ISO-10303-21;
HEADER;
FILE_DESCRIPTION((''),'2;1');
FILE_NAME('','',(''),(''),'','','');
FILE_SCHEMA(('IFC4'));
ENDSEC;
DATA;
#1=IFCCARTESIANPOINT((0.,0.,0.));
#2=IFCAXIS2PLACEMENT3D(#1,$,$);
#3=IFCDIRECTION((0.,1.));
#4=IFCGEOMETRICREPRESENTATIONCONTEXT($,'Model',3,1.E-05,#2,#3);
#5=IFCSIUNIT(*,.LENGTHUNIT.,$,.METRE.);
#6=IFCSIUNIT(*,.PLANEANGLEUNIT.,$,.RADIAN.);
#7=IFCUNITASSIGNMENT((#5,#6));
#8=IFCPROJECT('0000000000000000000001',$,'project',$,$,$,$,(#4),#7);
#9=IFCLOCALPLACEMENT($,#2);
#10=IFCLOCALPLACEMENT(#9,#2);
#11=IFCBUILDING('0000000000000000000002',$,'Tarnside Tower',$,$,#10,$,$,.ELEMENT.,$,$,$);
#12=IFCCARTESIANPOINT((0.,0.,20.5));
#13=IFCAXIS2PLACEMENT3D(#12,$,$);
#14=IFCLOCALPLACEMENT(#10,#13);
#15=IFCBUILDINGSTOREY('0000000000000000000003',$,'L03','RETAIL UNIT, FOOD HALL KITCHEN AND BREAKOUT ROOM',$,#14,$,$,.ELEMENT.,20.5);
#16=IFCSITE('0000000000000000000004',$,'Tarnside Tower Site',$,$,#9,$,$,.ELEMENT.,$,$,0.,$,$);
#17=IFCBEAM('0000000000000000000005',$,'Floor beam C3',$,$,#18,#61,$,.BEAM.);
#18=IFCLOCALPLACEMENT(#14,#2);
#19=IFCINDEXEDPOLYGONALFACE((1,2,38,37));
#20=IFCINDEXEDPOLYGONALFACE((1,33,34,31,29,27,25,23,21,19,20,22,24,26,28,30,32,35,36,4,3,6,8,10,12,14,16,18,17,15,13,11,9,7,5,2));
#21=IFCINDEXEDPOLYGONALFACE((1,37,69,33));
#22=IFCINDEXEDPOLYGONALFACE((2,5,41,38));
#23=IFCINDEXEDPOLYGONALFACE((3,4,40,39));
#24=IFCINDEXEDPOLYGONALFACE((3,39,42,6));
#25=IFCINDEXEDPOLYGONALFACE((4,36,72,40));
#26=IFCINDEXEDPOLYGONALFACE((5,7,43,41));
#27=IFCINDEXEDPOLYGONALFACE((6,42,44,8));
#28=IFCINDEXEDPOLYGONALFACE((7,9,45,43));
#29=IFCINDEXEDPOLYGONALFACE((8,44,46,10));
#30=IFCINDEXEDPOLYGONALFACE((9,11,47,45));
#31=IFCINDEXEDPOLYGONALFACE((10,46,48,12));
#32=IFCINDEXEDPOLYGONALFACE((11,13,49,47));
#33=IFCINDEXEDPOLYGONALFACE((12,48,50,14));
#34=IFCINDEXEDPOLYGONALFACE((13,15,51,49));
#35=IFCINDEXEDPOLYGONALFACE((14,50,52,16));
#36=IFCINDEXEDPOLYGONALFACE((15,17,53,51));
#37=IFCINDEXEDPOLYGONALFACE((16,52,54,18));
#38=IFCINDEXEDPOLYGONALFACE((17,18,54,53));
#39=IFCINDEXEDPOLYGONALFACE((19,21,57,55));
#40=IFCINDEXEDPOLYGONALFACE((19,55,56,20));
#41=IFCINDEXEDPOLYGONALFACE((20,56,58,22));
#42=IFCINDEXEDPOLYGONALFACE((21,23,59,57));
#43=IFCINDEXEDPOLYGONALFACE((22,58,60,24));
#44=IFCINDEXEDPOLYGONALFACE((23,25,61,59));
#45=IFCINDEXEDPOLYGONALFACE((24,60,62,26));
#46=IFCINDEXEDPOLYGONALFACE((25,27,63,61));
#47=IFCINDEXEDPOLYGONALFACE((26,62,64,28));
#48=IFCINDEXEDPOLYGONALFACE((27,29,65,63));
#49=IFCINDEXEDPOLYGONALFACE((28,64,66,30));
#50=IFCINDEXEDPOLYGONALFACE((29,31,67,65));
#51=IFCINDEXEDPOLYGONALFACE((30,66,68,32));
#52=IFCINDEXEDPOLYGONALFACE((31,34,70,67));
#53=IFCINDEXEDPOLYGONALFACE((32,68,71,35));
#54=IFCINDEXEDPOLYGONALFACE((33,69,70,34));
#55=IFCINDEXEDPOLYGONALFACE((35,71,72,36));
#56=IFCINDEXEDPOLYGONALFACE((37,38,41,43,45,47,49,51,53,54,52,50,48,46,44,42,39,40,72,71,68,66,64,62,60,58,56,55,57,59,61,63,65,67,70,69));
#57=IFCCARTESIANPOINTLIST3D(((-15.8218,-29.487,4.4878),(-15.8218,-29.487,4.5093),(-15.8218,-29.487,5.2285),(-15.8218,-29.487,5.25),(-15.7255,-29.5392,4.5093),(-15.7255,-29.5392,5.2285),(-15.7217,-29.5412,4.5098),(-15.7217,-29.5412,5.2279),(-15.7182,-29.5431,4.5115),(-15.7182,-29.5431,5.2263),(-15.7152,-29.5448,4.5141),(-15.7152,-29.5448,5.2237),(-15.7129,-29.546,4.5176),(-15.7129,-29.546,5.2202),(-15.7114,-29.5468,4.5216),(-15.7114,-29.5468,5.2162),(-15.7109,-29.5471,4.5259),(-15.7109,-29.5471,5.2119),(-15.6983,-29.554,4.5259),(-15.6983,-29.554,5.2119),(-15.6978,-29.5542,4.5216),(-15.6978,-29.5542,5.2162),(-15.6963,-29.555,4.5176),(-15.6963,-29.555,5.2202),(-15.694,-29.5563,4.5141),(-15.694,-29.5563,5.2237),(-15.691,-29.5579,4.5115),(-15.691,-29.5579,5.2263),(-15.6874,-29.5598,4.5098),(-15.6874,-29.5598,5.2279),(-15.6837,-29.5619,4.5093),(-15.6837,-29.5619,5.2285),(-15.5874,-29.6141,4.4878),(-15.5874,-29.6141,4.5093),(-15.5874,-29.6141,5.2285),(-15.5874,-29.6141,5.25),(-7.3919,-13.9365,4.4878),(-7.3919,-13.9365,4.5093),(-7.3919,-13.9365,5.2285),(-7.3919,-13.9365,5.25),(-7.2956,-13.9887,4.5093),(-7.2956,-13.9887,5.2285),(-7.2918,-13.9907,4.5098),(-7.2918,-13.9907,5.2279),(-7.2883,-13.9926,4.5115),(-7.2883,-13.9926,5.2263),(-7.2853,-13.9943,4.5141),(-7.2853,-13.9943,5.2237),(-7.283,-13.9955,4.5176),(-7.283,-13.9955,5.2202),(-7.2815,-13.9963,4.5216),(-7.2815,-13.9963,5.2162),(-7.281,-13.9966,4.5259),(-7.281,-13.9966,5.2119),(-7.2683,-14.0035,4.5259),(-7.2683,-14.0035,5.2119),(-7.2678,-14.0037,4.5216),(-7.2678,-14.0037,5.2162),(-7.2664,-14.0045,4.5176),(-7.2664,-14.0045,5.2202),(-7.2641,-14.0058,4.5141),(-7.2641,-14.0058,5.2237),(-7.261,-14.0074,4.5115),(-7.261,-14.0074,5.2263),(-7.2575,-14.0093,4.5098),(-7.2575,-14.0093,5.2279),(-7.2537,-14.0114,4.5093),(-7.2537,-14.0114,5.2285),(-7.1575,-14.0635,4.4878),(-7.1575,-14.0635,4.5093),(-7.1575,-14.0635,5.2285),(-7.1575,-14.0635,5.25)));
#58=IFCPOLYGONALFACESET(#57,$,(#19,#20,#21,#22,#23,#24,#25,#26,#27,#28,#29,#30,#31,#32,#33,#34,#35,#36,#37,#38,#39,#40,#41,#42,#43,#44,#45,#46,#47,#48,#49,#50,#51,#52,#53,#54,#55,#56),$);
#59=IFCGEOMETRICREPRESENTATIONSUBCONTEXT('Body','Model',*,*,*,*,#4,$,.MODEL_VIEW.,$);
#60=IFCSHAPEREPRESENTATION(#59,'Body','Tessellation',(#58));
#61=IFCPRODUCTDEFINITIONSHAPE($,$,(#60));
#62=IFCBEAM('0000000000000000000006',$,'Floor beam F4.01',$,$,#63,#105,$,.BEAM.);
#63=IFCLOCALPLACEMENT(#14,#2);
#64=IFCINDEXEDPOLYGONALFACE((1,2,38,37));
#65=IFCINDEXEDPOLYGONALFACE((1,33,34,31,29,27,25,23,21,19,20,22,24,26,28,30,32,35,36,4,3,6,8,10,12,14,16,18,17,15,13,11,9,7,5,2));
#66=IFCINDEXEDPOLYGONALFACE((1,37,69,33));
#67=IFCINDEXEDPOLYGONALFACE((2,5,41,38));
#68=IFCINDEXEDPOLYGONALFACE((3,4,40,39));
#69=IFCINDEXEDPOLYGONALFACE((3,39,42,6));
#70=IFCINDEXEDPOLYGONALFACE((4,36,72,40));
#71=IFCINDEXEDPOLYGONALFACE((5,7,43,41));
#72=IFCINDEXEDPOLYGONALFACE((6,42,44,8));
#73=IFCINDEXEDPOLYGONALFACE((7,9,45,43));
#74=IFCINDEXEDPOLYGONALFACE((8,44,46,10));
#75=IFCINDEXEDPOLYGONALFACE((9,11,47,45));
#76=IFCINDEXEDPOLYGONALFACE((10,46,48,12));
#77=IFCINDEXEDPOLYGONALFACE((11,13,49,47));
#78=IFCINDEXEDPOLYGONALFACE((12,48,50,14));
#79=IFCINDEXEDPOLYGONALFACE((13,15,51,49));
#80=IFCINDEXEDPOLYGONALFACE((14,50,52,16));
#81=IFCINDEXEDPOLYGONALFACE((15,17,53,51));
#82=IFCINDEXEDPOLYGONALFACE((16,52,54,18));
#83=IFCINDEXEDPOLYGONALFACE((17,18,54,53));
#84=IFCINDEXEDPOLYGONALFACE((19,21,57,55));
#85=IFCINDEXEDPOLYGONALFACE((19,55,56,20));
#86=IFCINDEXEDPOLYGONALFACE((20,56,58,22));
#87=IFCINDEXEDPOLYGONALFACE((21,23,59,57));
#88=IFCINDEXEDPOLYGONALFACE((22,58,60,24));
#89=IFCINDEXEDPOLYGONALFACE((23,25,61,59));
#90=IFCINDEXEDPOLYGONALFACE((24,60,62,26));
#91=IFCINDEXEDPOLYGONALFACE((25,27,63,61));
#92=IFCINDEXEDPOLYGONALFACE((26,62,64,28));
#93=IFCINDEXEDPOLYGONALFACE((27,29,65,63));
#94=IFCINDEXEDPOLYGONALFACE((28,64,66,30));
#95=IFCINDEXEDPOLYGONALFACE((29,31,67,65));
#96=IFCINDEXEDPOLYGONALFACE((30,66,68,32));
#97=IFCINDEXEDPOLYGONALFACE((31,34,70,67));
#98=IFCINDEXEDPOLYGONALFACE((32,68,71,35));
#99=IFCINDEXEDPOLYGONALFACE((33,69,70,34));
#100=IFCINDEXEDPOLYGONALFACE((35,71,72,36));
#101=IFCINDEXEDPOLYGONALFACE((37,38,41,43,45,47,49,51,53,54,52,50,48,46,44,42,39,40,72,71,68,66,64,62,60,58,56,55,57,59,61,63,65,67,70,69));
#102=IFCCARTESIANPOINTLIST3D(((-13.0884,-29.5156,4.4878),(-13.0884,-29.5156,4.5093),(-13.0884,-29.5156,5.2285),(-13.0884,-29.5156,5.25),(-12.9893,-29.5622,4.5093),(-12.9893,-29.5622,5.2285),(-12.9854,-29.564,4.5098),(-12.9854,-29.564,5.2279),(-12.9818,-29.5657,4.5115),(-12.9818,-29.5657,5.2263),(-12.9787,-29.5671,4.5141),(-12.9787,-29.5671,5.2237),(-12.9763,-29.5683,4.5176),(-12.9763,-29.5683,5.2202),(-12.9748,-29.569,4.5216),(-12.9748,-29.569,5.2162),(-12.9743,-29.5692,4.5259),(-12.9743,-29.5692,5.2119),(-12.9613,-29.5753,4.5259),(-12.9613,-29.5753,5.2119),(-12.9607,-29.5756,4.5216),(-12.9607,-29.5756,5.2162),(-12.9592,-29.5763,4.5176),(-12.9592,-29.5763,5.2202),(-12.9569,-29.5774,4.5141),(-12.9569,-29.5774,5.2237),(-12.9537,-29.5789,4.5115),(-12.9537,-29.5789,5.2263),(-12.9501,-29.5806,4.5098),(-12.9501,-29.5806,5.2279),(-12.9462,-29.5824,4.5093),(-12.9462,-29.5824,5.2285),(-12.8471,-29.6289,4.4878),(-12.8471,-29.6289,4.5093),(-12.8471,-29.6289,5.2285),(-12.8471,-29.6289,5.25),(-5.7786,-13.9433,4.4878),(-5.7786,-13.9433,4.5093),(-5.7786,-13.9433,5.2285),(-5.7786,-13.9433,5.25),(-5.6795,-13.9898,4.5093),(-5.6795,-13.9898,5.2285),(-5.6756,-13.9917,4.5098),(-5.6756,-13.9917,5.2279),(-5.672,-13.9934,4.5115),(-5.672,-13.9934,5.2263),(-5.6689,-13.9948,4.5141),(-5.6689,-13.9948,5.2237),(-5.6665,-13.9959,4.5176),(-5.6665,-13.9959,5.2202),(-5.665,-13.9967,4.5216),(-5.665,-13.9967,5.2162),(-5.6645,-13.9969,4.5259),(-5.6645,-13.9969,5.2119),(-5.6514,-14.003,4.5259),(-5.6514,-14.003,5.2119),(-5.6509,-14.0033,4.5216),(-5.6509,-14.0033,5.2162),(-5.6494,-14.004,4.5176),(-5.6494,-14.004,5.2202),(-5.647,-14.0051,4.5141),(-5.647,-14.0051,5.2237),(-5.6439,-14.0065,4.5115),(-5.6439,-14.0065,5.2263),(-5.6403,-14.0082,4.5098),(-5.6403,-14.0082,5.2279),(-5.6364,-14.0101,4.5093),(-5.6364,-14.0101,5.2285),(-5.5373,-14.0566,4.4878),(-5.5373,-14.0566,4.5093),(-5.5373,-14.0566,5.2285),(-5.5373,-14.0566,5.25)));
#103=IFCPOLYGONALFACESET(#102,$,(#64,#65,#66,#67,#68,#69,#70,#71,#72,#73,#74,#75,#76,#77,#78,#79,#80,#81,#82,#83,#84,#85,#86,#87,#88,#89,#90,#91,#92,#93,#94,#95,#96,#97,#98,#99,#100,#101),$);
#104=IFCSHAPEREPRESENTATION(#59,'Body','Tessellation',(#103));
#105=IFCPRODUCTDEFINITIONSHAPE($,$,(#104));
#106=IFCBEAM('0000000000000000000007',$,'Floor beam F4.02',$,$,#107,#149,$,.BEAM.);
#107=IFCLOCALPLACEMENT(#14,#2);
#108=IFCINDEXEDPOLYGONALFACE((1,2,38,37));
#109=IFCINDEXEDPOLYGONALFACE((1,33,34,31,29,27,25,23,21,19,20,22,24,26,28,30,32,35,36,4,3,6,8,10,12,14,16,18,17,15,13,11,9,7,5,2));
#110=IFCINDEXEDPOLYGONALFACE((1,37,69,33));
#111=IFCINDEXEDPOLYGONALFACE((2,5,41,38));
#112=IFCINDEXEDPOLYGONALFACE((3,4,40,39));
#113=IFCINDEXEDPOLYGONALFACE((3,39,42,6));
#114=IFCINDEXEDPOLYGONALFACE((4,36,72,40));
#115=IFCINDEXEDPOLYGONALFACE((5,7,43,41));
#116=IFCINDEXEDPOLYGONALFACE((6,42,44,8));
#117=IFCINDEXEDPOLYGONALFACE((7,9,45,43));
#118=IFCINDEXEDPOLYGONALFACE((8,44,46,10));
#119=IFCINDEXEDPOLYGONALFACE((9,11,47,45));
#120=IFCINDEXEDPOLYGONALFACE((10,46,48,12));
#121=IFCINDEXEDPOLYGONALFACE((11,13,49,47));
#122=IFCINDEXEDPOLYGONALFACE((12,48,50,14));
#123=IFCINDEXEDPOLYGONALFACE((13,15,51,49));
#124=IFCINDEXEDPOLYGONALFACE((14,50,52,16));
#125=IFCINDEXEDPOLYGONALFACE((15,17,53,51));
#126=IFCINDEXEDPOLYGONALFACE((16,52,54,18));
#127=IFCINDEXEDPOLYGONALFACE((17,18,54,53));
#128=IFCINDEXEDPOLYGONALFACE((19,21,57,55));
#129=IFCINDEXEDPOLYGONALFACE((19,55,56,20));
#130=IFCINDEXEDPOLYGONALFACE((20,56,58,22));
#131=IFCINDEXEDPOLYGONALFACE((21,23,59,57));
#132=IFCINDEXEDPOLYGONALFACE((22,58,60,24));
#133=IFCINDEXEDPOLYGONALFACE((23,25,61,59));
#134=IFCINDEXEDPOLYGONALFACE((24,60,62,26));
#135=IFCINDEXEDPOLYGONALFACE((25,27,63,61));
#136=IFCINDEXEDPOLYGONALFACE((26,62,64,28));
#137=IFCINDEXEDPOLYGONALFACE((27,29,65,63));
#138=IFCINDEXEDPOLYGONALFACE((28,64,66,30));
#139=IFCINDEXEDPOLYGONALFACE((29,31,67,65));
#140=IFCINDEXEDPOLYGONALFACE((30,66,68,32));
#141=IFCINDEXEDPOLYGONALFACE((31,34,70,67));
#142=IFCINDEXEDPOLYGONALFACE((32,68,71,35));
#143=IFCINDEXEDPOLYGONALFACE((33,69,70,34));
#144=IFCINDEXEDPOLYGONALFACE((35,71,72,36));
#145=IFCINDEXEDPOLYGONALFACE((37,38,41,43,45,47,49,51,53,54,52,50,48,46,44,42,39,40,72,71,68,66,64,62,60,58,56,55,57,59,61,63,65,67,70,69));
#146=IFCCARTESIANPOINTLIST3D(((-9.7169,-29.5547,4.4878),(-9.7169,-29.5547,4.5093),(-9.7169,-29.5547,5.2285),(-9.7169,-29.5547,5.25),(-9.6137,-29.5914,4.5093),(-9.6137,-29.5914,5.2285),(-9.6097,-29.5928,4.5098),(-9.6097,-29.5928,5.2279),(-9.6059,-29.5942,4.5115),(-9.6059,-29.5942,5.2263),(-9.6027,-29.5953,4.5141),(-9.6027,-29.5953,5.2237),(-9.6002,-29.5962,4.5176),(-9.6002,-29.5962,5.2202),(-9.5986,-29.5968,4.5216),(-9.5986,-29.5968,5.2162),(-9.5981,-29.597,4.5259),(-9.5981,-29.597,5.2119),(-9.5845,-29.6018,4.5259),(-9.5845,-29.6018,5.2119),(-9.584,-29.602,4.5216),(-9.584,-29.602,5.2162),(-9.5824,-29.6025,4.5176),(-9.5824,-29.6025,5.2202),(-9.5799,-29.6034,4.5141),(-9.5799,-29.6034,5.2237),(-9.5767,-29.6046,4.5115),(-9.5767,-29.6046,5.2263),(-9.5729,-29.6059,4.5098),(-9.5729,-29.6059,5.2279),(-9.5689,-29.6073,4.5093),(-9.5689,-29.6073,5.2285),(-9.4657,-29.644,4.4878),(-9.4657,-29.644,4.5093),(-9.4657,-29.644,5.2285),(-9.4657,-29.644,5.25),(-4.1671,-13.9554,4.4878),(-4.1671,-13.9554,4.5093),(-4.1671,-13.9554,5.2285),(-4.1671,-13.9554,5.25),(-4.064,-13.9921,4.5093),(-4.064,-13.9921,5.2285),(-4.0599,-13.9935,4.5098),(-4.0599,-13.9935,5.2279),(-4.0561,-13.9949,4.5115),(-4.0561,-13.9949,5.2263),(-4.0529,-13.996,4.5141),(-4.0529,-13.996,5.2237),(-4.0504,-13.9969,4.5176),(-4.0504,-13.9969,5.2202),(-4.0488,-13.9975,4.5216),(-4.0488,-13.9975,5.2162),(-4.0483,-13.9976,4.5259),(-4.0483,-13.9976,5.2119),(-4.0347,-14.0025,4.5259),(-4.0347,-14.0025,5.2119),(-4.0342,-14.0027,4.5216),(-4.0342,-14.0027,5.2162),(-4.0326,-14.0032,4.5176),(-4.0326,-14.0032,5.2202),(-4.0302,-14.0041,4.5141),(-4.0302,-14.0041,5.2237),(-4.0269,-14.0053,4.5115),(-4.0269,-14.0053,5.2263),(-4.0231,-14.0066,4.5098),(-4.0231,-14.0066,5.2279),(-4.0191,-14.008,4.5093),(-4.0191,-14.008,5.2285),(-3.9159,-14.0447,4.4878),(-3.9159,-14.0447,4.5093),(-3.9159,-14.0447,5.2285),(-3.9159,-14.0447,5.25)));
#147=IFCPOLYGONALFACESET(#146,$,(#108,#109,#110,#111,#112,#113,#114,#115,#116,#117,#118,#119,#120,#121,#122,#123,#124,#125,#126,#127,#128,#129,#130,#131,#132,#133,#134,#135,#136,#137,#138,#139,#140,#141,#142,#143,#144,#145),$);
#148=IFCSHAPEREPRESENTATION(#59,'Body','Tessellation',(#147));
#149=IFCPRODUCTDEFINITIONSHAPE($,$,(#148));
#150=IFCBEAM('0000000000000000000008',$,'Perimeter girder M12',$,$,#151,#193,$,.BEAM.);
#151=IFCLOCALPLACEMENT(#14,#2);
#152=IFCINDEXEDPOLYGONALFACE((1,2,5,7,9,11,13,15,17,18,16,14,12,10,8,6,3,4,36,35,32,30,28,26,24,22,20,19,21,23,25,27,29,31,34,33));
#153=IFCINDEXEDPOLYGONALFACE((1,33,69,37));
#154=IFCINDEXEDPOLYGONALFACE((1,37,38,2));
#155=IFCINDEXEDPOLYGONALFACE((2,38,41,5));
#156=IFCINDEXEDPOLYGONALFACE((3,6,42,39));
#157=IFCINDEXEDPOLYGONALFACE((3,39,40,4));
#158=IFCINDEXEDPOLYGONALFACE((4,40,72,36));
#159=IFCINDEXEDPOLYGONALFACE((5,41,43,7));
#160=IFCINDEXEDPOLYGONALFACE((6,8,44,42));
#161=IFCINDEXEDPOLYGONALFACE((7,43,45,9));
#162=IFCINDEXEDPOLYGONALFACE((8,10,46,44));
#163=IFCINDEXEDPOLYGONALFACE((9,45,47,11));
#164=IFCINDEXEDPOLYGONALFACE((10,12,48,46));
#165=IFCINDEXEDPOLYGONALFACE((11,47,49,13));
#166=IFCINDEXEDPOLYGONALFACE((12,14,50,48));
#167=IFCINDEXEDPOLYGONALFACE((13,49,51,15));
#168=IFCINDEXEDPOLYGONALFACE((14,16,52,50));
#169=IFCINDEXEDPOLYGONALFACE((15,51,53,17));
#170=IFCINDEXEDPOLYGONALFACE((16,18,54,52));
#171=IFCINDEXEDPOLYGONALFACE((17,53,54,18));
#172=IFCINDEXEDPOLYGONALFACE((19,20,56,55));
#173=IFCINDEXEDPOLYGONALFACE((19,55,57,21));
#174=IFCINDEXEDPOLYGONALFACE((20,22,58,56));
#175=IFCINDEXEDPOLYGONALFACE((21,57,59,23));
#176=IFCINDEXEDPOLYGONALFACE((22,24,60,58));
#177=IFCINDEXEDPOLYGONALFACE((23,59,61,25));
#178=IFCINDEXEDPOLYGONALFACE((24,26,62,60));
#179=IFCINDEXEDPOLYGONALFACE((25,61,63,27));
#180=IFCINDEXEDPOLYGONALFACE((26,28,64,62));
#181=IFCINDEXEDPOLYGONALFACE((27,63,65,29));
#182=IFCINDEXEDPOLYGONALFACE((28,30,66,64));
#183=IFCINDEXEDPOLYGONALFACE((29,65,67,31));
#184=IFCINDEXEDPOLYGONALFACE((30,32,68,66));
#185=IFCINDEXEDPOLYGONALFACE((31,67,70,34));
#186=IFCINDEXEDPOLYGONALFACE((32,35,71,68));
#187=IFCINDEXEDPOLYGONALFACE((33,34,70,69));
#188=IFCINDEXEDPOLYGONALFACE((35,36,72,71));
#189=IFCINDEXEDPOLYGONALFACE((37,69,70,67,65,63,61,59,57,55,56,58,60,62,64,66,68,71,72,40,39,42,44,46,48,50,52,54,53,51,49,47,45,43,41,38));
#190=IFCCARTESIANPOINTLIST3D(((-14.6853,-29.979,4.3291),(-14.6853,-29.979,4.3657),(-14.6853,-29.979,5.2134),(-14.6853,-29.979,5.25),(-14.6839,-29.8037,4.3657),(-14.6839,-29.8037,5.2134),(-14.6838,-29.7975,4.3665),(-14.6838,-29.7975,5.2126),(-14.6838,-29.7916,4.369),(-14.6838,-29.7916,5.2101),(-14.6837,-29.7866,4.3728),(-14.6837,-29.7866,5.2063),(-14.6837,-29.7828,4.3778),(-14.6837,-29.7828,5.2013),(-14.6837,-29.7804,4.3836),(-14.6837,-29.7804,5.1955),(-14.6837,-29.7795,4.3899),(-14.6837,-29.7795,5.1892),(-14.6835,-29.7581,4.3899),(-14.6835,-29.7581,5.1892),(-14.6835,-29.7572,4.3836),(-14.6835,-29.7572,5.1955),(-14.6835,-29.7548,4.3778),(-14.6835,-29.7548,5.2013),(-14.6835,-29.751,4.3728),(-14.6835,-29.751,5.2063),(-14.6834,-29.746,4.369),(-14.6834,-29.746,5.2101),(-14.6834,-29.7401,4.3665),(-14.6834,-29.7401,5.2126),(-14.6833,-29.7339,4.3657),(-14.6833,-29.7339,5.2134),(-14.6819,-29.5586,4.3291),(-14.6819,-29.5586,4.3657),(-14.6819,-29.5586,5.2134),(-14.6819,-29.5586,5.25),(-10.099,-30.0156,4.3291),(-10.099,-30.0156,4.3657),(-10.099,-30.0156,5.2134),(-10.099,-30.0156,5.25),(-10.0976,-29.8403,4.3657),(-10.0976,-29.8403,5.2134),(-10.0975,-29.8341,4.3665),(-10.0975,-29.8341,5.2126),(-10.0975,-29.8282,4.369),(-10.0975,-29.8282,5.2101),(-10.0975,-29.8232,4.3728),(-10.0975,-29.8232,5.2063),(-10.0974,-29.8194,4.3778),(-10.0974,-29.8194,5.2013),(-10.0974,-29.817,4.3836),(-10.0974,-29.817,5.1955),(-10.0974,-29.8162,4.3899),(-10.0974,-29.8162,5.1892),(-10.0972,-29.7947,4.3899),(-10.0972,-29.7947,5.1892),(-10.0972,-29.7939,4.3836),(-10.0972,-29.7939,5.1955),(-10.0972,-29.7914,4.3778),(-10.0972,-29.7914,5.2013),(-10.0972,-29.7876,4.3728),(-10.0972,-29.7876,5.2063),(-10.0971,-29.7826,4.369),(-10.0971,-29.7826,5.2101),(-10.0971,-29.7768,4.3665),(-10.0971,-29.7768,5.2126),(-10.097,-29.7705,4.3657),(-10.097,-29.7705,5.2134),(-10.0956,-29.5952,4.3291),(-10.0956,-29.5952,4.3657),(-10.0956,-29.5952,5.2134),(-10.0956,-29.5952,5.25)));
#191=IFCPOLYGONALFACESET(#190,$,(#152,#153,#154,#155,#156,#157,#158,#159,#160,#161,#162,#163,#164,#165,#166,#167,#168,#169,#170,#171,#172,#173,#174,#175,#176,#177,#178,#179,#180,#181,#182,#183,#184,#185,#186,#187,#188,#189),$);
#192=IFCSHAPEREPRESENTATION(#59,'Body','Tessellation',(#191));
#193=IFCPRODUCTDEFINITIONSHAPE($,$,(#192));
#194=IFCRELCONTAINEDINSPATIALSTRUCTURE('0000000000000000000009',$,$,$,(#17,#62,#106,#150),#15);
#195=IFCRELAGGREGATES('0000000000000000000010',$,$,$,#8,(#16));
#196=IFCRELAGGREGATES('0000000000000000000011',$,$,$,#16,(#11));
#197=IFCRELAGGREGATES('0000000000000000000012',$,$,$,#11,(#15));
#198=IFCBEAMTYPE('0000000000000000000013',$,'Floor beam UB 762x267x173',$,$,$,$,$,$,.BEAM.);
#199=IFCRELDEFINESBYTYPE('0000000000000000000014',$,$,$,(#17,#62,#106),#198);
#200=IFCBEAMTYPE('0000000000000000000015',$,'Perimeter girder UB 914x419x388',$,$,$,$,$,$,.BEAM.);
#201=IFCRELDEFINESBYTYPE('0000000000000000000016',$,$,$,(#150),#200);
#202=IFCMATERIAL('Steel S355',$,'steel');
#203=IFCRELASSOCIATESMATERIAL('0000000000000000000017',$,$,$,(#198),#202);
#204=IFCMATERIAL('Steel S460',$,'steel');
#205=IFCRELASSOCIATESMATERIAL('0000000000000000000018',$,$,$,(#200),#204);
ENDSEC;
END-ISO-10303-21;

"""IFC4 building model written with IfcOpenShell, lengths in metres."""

from ifc_helpers import new_model, si_unit, direction, frame, origin, origin_2d, place, context, subcontext, project, spatial, i_section, extrude, material, material_profile, profile_set, type_object, element, save


model = new_model("IFC4")

# Units and contexts
model_context = context("Model", 3, precision=1e-05, world=origin(), true_north=direction((0.0, 1.0)))
body_context = subcontext(model_context, "Body", "Model", "MODEL_VIEW")
ifc_project = project(units=[si_unit("LENGTHUNIT", "METRE"), si_unit("PLANEANGLEUNIT", "RADIAN")], contexts=[model_context])

# Site, building, storey
site_placement = place(None, origin())
site = spatial("IfcSite", under=ifc_project, at=site_placement, Name="Tarnside Tower Site", CompositionType="ELEMENT", RefElevation=0.0)
building_placement = place(site_placement, origin())
building = spatial("IfcBuilding", under=site, at=building_placement, Name="Tarnside Tower", CompositionType="ELEMENT")
storey_placement = place(building_placement, frame((0.0, 0.0, 20.5)))
storey = spatial("IfcBuildingStorey", under=building, at=storey_placement, Name="L03", Description="RETAIL UNIT, FOOD HALL KITCHEN AND BREAKOUT ROOM", CompositionType="ELEMENT", Elevation=20.5)

# Beams
ifc_material_1 = material(Name="Steel S355", Category="steel")
ifc_material_profile_1 = material_profile(ifc_material_1, i_section(OverallWidth=0.2666, OverallDepth=0.7622, WebThickness=0.0144, FlangeThickness=0.0215, FilletRadius=0.0166, at=origin_2d()), Name="UB 762x267x173")
ifc_profile_set_1 = profile_set([ifc_material_profile_1], Name="Steel S355")
beam_type_1 = type_object("IfcBeamType", Name="Floor beam UB 762x267x173", PredefinedType="BEAM", material=ifc_profile_set_1)
beam_1_placement = place(storey_placement, frame((-15.7046, -29.5505, 4.8689), z_axis=(0.476577, 0.879133, 0.0), x_axis=(-0.879133, 0.476577, 0.0)))
element("IfcBeam", 1, at=beam_1_placement, inside=storey, type_object=beam_type_1, Name="Floor beam C3", PredefinedType="BEAM", context=body_context, shape_type="SweptSolid", body=[
    extrude(i_section(OverallWidth=0.2666, OverallDepth=0.7622, WebThickness=0.0144, FlangeThickness=0.0215, FilletRadius=0.0166, at=origin_2d()), origin(), (0.0, 0.0, 1.0), 17.6885),
])
beam_2_placement = place(storey_placement, frame((-12.9678, -29.5723, 4.8689), z_axis=(0.424925, 0.905228, 0.0), x_axis=(-0.905228, 0.424925, 0.0)))
element("IfcBeam", 2, at=beam_2_placement, inside=storey, type_object=beam_type_1, Name="Floor beam F4.01", PredefinedType="BEAM", context=body_context, shape_type="SweptSolid", body=[
    extrude(i_section(OverallWidth=0.2666, OverallDepth=0.7622, WebThickness=0.0144, FlangeThickness=0.0215, FilletRadius=0.0166, at=origin_2d()), origin(), (0.0, 0.0, 1.0), 17.2026),
])
beam_3_placement = place(storey_placement, frame((-9.5913, -29.5994, 4.8689), z_axis=(0.33519, 0.942151, 0.0), x_axis=(-0.942151, 0.33519, 0.0)))
element("IfcBeam", 3, at=beam_3_placement, inside=storey, type_object=beam_type_1, Name="Floor beam F4.02", PredefinedType="BEAM", context=body_context, shape_type="SweptSolid", body=[
    extrude(i_section(OverallWidth=0.2666, OverallDepth=0.7622, WebThickness=0.0144, FlangeThickness=0.0215, FilletRadius=0.0166, at=origin_2d()), origin(), (0.0, 0.0, 1.0), 16.5571),
])
ifc_material_2 = material(Name="Steel S460", Category="steel")
ifc_material_profile_2 = material_profile(ifc_material_2, i_section(OverallWidth=0.4204, OverallDepth=0.9209, WebThickness=0.0215, FlangeThickness=0.0366, FilletRadius=0.0242, at=origin_2d()), Name="UB 914x419x388")
ifc_profile_set_2 = profile_set([ifc_material_profile_2], Name="Steel S460")
beam_type_2 = type_object("IfcBeamType", Name="Perimeter girder UB 914x419x388", PredefinedType="BEAM", material=ifc_profile_set_2)
beam_4_placement = place(storey_placement, frame((-14.6836, -29.7688, 4.7896), z_axis=(0.999968, -0.007985, 0.0), x_axis=(0.007985, 0.999968, 0.0)))
element("IfcBeam", 4, at=beam_4_placement, inside=storey, type_object=beam_type_2, Name="Perimeter girder M12", PredefinedType="BEAM", context=body_context, shape_type="SweptSolid", body=[
    extrude(i_section(OverallWidth=0.4204, OverallDepth=0.9209, WebThickness=0.0215, FlangeThickness=0.0366, FilletRadius=0.0242, at=origin_2d()), origin(), (0.0, 0.0, 1.0), 4.5864),
])

save(model, "model.ifc")
